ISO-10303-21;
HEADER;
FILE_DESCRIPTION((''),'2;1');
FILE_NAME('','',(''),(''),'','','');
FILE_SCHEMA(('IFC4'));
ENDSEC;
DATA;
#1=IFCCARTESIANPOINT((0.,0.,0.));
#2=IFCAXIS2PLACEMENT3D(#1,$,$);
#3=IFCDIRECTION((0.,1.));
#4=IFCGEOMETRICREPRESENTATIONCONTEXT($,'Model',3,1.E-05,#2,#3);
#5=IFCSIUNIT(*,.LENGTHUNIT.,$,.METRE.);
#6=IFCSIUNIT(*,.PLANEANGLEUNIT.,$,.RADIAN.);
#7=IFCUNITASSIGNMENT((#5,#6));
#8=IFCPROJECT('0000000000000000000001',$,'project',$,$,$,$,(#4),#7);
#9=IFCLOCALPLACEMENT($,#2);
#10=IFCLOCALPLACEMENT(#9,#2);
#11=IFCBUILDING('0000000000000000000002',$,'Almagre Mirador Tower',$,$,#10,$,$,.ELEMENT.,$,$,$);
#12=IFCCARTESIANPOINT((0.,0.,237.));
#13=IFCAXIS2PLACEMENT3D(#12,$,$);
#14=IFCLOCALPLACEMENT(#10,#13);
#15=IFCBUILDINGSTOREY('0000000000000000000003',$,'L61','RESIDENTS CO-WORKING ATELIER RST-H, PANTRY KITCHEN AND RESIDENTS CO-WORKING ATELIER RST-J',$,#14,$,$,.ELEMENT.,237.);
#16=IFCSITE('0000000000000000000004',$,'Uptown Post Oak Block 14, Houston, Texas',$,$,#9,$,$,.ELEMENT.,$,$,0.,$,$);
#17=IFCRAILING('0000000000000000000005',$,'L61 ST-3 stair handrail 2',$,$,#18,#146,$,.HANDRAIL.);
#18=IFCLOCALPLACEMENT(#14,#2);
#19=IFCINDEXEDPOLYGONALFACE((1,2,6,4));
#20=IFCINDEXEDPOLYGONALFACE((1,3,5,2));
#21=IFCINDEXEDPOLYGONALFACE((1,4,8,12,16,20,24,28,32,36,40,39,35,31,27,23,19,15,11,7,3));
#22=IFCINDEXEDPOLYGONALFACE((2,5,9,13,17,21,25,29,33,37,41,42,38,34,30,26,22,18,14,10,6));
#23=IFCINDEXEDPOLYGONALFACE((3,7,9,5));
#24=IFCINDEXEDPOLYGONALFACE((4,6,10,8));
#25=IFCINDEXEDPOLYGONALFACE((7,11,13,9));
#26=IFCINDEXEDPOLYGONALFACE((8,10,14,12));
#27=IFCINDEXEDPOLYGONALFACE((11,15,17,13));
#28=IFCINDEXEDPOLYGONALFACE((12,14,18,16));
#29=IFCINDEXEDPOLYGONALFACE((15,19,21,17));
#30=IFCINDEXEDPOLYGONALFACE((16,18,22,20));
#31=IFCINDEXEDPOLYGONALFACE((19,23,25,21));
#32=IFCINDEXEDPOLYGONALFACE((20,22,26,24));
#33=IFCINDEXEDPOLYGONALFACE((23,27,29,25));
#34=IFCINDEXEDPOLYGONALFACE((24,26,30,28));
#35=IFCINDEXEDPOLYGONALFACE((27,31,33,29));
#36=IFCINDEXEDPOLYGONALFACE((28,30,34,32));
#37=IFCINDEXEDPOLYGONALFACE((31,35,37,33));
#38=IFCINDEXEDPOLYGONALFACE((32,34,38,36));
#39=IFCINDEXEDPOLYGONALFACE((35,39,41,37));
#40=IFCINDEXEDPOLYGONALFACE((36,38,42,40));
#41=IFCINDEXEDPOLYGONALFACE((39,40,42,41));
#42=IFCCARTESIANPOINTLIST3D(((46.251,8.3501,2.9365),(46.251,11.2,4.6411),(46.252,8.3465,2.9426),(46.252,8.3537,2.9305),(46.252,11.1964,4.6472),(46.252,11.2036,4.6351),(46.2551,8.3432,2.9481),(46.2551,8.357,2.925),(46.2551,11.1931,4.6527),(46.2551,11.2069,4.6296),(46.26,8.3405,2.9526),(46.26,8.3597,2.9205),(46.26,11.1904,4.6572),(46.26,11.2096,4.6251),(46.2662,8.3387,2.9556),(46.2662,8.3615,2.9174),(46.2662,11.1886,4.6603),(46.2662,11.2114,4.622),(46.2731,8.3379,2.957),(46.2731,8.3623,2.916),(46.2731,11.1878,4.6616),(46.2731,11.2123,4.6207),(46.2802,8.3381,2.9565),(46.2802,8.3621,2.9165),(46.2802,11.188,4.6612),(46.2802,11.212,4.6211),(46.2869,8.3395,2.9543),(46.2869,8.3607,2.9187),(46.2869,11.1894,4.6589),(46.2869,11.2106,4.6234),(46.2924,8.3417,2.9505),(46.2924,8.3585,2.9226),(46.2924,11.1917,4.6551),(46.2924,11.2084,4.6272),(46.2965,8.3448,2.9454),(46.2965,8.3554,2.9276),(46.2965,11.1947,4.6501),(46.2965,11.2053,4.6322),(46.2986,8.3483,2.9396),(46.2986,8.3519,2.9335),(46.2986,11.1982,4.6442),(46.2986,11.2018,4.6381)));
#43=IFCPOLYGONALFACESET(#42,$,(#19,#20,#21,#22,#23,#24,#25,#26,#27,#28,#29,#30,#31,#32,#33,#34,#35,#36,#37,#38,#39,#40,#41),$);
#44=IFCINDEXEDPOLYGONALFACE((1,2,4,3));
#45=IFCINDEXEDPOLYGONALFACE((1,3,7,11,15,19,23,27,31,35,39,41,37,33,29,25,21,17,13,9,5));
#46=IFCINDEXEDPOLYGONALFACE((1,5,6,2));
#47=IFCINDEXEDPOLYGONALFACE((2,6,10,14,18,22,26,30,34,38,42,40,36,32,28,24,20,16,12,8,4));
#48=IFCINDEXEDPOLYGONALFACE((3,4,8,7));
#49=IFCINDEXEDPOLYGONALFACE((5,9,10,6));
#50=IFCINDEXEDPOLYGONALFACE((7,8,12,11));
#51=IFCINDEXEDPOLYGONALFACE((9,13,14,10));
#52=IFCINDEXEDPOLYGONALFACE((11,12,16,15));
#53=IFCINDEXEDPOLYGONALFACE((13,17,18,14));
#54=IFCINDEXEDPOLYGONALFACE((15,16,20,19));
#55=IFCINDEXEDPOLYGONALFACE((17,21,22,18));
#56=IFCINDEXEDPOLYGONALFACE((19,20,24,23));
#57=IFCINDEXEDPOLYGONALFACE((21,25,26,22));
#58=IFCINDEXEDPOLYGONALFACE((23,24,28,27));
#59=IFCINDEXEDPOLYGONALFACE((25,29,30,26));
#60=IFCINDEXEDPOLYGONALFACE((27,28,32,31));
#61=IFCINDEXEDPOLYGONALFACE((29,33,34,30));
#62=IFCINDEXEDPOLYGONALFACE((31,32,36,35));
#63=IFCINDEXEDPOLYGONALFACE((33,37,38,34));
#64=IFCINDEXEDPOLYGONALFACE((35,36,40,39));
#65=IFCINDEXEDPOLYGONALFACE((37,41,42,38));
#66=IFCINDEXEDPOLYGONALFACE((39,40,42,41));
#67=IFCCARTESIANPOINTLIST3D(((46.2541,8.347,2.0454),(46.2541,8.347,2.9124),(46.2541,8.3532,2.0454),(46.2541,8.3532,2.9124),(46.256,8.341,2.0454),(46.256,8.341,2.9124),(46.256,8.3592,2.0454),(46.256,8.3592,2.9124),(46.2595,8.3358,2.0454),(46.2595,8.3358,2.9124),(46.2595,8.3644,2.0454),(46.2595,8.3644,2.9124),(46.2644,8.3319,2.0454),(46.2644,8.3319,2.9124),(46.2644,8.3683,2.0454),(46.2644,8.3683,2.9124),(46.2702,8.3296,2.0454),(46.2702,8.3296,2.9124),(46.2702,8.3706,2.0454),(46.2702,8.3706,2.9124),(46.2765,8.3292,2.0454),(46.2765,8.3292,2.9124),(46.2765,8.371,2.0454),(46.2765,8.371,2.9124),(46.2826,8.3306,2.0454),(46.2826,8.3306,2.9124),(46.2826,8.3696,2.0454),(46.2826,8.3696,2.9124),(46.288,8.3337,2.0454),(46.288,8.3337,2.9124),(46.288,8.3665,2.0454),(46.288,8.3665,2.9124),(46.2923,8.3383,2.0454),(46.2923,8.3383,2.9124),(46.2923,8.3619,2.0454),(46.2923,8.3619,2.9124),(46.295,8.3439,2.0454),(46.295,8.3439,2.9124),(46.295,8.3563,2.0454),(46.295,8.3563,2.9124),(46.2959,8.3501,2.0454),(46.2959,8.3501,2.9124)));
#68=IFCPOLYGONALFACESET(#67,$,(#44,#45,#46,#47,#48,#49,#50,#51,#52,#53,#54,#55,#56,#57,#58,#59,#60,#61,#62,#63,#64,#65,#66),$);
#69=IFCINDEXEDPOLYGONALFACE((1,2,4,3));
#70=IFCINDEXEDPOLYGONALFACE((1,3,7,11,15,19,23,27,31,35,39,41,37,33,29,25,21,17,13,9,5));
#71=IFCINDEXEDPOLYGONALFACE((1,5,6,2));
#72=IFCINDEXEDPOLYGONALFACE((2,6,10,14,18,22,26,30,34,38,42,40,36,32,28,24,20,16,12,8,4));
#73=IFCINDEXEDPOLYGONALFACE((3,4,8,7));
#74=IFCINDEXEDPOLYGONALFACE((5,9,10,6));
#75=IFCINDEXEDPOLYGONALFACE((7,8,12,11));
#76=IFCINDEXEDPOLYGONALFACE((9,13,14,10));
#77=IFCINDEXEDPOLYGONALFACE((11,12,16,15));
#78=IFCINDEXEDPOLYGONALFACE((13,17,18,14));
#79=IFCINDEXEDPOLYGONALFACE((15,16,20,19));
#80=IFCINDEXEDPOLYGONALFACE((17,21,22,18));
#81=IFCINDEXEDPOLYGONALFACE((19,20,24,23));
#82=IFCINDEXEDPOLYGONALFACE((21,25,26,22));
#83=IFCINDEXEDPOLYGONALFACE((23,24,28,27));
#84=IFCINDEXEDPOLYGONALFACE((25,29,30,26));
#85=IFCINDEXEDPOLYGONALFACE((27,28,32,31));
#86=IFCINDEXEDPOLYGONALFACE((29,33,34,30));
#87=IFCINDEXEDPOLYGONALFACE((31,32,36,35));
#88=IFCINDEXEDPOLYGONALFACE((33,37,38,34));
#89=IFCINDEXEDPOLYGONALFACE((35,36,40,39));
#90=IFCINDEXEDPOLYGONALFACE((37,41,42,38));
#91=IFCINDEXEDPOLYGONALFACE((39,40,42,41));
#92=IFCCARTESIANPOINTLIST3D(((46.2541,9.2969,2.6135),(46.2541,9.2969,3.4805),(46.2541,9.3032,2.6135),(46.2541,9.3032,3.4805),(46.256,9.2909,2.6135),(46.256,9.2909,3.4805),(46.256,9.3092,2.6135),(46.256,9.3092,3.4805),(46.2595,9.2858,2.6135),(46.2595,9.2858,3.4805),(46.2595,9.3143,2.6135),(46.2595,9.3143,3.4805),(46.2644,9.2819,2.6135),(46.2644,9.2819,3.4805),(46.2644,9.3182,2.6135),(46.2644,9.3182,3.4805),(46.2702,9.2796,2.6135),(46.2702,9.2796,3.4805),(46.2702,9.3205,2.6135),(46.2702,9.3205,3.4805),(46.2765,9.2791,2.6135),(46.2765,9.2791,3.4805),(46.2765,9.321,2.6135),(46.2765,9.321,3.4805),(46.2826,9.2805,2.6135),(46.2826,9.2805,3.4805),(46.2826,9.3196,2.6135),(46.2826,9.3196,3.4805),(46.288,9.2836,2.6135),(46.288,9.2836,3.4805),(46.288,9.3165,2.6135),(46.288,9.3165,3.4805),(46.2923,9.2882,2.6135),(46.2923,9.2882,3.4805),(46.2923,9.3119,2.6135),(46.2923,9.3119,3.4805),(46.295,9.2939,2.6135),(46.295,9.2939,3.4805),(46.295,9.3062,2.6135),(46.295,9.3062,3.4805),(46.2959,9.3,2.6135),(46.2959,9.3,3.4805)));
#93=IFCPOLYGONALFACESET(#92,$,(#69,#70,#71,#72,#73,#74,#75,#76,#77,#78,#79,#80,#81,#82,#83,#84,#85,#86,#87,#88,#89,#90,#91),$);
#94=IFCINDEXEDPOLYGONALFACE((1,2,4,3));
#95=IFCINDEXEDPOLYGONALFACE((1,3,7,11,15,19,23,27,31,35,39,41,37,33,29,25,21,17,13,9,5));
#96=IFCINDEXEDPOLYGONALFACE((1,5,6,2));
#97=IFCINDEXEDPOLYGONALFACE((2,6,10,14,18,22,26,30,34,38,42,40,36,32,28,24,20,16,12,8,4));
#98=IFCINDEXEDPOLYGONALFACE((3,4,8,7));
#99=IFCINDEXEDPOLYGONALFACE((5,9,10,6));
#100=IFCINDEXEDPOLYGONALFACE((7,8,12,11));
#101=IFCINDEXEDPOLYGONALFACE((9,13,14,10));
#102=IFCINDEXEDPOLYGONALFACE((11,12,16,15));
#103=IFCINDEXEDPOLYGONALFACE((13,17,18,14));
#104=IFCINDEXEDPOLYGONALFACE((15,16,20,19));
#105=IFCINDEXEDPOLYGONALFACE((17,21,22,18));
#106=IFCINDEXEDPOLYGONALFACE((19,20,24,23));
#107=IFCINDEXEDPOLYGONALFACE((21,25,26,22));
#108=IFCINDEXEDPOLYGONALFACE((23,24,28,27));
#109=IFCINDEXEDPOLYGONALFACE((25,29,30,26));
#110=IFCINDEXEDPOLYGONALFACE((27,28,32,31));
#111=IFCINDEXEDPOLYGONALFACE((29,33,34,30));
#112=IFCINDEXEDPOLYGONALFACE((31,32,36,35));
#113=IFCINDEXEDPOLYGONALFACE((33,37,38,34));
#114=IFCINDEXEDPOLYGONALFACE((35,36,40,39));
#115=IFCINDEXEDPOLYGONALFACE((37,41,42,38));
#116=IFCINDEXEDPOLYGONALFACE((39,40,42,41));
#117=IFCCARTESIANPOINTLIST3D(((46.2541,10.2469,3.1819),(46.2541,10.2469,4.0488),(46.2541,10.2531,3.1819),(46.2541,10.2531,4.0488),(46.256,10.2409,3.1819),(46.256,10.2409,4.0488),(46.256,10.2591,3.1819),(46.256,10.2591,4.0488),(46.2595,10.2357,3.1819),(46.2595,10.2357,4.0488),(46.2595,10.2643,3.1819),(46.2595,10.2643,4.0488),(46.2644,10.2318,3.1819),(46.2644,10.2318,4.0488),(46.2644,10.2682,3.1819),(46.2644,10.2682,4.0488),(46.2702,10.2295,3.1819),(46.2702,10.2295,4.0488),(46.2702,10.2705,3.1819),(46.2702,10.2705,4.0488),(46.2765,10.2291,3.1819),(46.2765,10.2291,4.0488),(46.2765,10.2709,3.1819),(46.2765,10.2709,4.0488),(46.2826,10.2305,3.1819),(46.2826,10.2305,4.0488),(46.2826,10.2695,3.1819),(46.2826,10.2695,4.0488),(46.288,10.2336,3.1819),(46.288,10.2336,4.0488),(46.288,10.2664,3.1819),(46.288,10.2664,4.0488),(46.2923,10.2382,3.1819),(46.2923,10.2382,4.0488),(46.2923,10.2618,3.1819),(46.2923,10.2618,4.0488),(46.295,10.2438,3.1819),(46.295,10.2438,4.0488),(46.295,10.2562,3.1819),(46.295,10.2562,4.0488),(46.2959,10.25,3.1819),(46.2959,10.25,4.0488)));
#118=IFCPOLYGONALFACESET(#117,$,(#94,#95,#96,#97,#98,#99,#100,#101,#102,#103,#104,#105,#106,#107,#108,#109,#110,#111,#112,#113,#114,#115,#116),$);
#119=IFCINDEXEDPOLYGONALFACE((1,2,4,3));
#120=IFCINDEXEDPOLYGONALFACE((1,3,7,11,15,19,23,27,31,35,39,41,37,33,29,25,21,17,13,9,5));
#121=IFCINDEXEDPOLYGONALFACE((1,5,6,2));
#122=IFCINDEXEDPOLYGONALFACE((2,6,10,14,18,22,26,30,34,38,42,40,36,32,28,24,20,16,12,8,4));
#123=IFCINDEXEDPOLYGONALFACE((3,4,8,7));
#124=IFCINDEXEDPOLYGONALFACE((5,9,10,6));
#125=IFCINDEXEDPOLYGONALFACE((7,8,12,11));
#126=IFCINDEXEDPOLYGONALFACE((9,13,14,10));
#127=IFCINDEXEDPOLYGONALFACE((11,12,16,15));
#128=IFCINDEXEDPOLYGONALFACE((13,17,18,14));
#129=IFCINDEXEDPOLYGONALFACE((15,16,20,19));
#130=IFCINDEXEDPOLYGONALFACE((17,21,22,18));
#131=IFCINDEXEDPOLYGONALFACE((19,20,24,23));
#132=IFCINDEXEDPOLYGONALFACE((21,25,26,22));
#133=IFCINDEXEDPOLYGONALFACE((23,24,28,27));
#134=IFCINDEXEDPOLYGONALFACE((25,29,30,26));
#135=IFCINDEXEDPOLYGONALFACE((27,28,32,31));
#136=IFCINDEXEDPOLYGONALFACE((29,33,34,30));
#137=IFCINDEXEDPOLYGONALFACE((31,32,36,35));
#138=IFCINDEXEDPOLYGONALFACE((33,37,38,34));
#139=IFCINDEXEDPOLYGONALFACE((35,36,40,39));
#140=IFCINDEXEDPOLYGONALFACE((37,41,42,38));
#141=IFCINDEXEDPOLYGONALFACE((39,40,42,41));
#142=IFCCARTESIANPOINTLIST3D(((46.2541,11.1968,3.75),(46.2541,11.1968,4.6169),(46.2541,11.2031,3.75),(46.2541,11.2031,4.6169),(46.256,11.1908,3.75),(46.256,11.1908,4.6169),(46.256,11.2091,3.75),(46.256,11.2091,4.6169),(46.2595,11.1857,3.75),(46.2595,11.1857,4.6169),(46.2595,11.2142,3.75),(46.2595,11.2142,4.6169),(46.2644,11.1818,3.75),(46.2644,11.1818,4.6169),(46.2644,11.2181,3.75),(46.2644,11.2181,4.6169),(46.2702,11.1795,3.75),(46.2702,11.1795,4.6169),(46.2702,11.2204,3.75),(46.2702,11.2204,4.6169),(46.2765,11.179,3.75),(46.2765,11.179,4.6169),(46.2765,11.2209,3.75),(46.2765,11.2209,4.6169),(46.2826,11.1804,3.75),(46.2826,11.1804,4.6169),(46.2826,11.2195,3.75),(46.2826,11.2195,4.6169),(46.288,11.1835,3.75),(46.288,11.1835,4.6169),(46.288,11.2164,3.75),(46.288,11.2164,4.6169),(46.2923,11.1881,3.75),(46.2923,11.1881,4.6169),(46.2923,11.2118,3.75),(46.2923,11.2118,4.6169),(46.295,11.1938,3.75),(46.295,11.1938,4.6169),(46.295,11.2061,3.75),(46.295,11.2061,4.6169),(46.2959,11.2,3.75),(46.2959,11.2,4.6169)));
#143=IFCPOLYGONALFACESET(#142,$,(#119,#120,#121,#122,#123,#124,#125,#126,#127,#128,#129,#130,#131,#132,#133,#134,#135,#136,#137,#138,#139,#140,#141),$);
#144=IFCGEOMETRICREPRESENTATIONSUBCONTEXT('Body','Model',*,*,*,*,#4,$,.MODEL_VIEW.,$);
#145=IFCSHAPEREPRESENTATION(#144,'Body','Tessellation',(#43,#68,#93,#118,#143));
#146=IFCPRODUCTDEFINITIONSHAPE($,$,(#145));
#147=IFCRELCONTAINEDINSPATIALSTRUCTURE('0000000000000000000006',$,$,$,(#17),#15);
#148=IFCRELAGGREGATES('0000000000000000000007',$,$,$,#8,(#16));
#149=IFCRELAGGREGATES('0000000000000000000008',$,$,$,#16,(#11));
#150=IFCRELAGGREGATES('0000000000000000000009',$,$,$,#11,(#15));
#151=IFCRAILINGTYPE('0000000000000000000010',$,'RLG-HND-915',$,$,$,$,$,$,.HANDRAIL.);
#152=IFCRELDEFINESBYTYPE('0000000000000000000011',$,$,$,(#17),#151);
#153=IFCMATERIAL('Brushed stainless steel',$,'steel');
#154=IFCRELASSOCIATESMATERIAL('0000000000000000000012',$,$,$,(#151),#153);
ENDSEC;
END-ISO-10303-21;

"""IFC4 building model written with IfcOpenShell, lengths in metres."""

from ifc_helpers import new_model, si_unit, direction, frame, origin, origin_2d, place, context, subcontext, project, spatial, circle, extrude, material, type_object, element, save


model = new_model("IFC4")

# Units and contexts
model_context = context("Model", 3, precision=1e-05, world=origin(), true_north=direction((0.0, 1.0)))
body_context = subcontext(model_context, "Body", "Model", "MODEL_VIEW")
ifc_project = project(units=[si_unit("LENGTHUNIT", "METRE"), si_unit("PLANEANGLEUNIT", "RADIAN")], contexts=[model_context])

# Site, building, storey
site_placement = place(None, origin())
site = spatial("IfcSite", under=ifc_project, at=site_placement, Name="Uptown Post Oak Block 14, Houston, Texas", CompositionType="ELEMENT", RefElevation=0.0)
building_placement = place(site_placement, origin())
building = spatial("IfcBuilding", under=site, at=building_placement, Name="Almagre Mirador Tower", CompositionType="ELEMENT")
storey_placement = place(building_placement, frame((0.0, 0.0, 237.0)))
storey = spatial("IfcBuildingStorey", under=building, at=storey_placement, Name="L61", Description="RESIDENTS CO-WORKING ATELIER RST-H, PANTRY KITCHEN AND RESIDENTS CO-WORKING ATELIER RST-J", CompositionType="ELEMENT", Elevation=237.0)

# Railing
ifc_material_1 = material(Name="Brushed stainless steel", Category="steel")
railing_type_1 = type_object("IfcRailingType", Name="RLG-HND-915", PredefinedType="HANDRAIL", material=ifc_material_1)
railing_1_placement = place(storey_placement, frame((46.2749, 8.3501, 2.0454)))
element("IfcRailing", 1, at=railing_1_placement, inside=storey, type_object=railing_type_1, Name="L61 ST-3 stair handrail 2", PredefinedType="HANDRAIL", context=body_context, shape_type="SweptSolid", body=[
    extrude(circle(Radius=0.0239, at=origin_2d()), frame((0.0, 0.0, 0.8911), z_axis=(0.0, 0.858199, 0.513317), x_axis=(-1.0, 0.0, 0.0)), (0.0, 0.0, 1.0), 3.3208),
    extrude(circle(Radius=0.021, at=origin_2d()), origin(), (0.0, 0.0, 1.0), 0.8669),
    extrude(circle(Radius=0.021, at=origin_2d()), frame((0.0, 0.95, 0.5681)), (0.0, 0.0, 1.0), 0.8669),
    extrude(circle(Radius=0.021, at=origin_2d()), frame((0.0, 1.8999, 1.1365)), (0.0, 0.0, 1.0), 0.8669),
    extrude(circle(Radius=0.021, at=origin_2d()), frame((0.0, 2.8499, 1.7046)), (0.0, 0.0, 1.0), 0.8669),
])

save(model, "model.ifc")
